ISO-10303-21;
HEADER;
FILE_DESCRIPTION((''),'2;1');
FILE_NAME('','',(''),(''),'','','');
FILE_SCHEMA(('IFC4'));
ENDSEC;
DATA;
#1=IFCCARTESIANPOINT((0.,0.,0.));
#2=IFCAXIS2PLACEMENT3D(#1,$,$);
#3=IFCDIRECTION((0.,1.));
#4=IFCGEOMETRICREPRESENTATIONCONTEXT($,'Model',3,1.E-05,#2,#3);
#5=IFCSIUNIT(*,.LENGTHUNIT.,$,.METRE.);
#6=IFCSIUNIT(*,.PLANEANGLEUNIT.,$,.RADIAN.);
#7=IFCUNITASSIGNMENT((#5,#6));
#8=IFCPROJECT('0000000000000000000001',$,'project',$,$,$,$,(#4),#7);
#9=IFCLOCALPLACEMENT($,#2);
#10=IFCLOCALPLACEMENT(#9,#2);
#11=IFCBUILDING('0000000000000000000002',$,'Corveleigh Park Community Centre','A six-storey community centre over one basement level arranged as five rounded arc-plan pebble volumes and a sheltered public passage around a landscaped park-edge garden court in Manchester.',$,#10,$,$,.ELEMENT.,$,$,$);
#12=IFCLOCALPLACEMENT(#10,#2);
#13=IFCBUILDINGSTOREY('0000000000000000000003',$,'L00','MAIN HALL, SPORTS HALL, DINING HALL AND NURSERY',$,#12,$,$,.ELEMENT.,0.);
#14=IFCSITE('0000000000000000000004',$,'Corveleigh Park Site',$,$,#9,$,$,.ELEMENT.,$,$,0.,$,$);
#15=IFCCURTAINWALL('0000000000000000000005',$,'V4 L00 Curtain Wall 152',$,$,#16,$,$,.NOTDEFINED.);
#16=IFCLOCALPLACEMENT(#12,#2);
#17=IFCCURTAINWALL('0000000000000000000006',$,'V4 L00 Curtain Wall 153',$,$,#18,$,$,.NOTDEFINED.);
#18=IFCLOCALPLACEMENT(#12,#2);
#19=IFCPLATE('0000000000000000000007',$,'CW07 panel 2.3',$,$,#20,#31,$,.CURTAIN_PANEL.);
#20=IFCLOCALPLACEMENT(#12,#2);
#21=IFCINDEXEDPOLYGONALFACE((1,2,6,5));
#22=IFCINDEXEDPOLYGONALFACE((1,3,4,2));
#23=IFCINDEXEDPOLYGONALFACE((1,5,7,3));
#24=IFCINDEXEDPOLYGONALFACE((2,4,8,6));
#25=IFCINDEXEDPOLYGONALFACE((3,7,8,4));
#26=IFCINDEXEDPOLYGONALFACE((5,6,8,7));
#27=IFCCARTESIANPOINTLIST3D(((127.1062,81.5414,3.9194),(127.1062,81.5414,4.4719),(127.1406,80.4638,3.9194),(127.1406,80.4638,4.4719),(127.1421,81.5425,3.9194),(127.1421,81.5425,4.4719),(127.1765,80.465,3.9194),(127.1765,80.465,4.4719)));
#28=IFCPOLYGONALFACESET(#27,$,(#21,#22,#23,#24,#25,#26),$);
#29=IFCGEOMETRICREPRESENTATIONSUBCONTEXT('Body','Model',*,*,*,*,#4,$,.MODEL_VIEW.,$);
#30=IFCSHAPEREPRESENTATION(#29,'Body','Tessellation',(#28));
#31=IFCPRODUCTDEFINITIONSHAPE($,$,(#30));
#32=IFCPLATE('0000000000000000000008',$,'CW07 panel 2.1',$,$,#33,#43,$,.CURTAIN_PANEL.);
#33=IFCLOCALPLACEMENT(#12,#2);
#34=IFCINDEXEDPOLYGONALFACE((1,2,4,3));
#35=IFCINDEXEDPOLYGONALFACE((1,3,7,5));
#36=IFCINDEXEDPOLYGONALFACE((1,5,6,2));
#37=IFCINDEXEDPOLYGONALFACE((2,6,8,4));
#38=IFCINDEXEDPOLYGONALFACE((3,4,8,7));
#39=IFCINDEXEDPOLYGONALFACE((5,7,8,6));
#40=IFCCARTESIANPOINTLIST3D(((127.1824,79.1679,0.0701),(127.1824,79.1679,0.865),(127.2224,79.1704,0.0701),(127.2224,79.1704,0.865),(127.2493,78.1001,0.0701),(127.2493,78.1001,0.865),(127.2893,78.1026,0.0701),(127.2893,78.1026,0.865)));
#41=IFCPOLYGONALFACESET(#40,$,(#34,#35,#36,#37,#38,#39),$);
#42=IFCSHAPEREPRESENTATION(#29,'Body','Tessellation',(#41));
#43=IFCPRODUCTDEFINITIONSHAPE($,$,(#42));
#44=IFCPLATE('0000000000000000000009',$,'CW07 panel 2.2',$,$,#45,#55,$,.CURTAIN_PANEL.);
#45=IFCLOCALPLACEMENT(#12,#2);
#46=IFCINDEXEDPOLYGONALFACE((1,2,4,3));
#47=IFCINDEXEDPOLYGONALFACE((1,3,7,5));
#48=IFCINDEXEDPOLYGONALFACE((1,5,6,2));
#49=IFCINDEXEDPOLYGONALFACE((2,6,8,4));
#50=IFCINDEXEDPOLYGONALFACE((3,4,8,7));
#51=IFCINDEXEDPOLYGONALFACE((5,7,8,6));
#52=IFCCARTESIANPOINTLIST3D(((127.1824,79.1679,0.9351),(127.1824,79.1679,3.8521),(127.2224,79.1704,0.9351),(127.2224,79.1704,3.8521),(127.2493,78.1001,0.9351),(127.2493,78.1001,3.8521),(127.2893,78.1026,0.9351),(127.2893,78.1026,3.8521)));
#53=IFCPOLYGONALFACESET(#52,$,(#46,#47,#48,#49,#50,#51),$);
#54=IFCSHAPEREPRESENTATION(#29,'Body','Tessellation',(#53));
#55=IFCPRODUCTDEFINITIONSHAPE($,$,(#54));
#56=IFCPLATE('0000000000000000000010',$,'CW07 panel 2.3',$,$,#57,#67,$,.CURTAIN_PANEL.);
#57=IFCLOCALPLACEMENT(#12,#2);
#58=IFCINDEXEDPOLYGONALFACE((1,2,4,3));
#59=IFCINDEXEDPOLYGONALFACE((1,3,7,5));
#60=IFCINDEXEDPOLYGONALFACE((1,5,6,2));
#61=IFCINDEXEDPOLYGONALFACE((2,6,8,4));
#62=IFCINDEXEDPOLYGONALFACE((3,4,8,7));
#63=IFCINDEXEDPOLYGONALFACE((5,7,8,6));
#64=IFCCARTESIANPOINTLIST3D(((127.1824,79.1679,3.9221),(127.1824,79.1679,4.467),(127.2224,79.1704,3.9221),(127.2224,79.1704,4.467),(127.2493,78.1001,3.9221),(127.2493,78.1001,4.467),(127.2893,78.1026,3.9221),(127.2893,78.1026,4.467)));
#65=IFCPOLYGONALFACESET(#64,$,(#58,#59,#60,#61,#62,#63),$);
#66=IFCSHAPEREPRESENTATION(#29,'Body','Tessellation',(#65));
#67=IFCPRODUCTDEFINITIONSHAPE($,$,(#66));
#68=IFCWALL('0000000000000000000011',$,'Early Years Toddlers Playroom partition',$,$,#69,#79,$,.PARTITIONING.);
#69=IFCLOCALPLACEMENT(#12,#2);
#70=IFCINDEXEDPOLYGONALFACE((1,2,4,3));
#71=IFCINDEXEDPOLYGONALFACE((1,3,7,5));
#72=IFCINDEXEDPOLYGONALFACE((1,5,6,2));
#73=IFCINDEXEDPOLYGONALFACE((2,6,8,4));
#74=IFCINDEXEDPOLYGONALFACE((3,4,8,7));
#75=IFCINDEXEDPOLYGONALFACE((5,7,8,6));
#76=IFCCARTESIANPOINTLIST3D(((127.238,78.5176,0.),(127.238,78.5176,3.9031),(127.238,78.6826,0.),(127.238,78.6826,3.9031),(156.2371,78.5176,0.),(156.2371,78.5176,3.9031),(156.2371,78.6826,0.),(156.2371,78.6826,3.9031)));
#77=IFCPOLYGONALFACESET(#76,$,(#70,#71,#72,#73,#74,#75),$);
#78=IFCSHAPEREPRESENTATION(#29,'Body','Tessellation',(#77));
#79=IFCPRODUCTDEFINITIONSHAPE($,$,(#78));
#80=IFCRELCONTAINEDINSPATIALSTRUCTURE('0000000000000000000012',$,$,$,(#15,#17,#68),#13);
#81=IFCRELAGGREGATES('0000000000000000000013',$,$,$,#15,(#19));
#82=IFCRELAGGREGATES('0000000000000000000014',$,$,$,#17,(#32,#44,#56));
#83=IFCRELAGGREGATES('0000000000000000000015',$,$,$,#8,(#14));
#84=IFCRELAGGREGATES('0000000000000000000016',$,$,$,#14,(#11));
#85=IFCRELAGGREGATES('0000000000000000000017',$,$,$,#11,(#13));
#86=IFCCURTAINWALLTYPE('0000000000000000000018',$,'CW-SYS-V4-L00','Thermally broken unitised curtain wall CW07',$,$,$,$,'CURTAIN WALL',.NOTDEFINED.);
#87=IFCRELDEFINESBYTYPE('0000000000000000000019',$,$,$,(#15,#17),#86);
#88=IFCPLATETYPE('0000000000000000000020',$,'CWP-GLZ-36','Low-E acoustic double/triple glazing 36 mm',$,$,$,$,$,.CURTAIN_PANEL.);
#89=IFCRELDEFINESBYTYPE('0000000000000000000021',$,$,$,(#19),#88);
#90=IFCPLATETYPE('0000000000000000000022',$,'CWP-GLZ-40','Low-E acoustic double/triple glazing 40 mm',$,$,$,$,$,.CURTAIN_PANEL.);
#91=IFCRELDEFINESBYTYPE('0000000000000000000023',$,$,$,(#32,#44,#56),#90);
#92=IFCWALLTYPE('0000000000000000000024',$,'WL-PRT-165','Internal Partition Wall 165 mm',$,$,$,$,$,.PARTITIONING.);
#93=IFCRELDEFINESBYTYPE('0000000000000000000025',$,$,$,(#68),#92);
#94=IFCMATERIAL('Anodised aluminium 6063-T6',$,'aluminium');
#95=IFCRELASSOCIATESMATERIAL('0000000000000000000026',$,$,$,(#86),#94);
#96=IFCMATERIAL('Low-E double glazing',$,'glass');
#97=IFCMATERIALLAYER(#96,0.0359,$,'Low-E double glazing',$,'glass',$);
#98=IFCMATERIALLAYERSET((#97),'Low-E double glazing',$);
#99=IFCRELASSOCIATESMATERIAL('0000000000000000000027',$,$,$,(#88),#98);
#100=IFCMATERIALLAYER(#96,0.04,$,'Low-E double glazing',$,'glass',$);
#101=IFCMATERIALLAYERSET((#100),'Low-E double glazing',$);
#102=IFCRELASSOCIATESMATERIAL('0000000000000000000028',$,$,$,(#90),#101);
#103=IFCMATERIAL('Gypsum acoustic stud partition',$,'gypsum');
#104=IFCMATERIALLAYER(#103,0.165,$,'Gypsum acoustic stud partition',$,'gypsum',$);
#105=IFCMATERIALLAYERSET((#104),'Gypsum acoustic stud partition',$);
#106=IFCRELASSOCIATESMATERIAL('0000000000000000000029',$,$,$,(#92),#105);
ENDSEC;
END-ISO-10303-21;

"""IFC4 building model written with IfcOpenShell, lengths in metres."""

from ifc_helpers import new_model, si_unit, direction, frame, frame_2d, origin, origin_2d, place, context, subcontext, project, spatial, rectangle, extrude, material, layer, layer_set, type_object, element, aggregate, save


model = new_model("IFC4")

# Units and contexts
model_context = context("Model", 3, precision=1e-05, world=origin(), true_north=direction((0.0, 1.0)))
body_context = subcontext(model_context, "Body", "Model", "MODEL_VIEW")
ifc_project = project(units=[si_unit("LENGTHUNIT", "METRE"), si_unit("PLANEANGLEUNIT", "RADIAN")], contexts=[model_context])

# Site, building, storey
site_placement = place(None, origin())
site = spatial("IfcSite", under=ifc_project, at=site_placement, Name="Corveleigh Park Site", CompositionType="ELEMENT", RefElevation=0.0)
building_placement = place(site_placement, origin())
building = spatial("IfcBuilding", under=site, at=building_placement, Name="Corveleigh Park Community Centre", Description="A six-storey community centre over one basement level arranged as five rounded arc-plan pebble volumes and a sheltered public passage around a landscaped park-edge garden court in Manchester.", CompositionType="ELEMENT")
storey_placement = place(building_placement, origin())
storey = spatial("IfcBuildingStorey", under=building, at=storey_placement, Name="L00", Description="MAIN HALL, SPORTS HALL, DINING HALL AND NURSERY", CompositionType="ELEMENT", Elevation=0.0)

# Shared definitions
ifc_material_1 = material(Name="Anodised aluminium 6063-T6", Category="aluminium")
curtain_wall_type = type_object("IfcCurtainWallType", Name="CW-SYS-V4-L00", Description="Thermally broken unitised curtain wall CW07", ElementType="CURTAIN WALL", PredefinedType="NOTDEFINED", material=ifc_material_1)

# Curtain walls
curtain_wall_1_placement = place(storey_placement, origin())
curtain_wall_1 = element("IfcCurtainWall", 1, at=curtain_wall_1_placement, inside=storey, type_object=curtain_wall_type, Name="V4 L00 Curtain Wall 152", PredefinedType="NOTDEFINED")
curtain_wall_2_placement = place(storey_placement, origin())
curtain_wall_2 = element("IfcCurtainWall", 2, at=curtain_wall_2_placement, inside=storey, type_object=curtain_wall_type, Name="V4 L00 Curtain Wall 153", PredefinedType="NOTDEFINED")

# Plates
ifc_material_2 = material(Name="Low-E double glazing", Category="glass")
ifc_layer_1 = layer(ifc_material_2, 0.0359, Name="Low-E double glazing", Category="glass")
ifc_layer_set_1 = layer_set([ifc_layer_1], Name="Low-E double glazing")
plate_type_1 = type_object("IfcPlateType", Name="CWP-GLZ-36", Description="Low-E acoustic double/triple glazing 36 mm", PredefinedType="CURTAIN_PANEL", material=ifc_layer_set_1)
plate_1_placement = place(storey_placement, frame((127.1414, 81.0032, 3.9194), z_axis=(0.0, 0.0, 1.0), x_axis=(-0.031899, 0.999491, 0.0)))
plate_1 = element("IfcPlate", 3, at=plate_1_placement, type_object=plate_type_1, Name="CW07 panel 2.3", PredefinedType="CURTAIN_PANEL", context=body_context, shape_type="SweptSolid", body=[
    extrude(rectangle(XDim=1.0781, YDim=0.0359, at=origin_2d()), origin(), (0.0, 0.0, 1.0), 0.5525),
])
aggregate(curtain_wall_1, [plate_1])
ifc_layer_2 = layer(ifc_material_2, 0.04, Name="Low-E double glazing", Category="glass")
ifc_layer_set_2 = layer_set([ifc_layer_2], Name="Low-E double glazing")
plate_type_2 = type_object("IfcPlateType", Name="CWP-GLZ-40", Description="Low-E acoustic double/triple glazing 40 mm", PredefinedType="CURTAIN_PANEL", material=ifc_layer_set_2)
plate_2_placement = place(storey_placement, frame((127.2358, 78.6353, 0.0701), z_axis=(0.0, 0.0, 1.0), x_axis=(-0.062564, 0.998041, 0.0)))
plate_2 = element("IfcPlate", 4, at=plate_2_placement, type_object=plate_type_2, Name="CW07 panel 2.1", PredefinedType="CURTAIN_PANEL", context=body_context, shape_type="SweptSolid", body=[
    extrude(rectangle(XDim=1.0698, YDim=0.04, at=origin_2d()), origin(), (0.0, 0.0, 1.0), 0.7949),
])
plate_3_placement = place(storey_placement, frame((127.2358, 78.6353, 0.9351), z_axis=(0.0, 0.0, 1.0), x_axis=(-0.062564, 0.998041, 0.0)))
plate_3 = element("IfcPlate", 5, at=plate_3_placement, type_object=plate_type_2, Name="CW07 panel 2.2", PredefinedType="CURTAIN_PANEL", context=body_context, shape_type="SweptSolid", body=[
    extrude(rectangle(XDim=1.0698, YDim=0.04, at=origin_2d()), origin(), (0.0, 0.0, 1.0), 2.917),
])
plate_4_placement = place(storey_placement, frame((127.2358, 78.6353, 3.9221), z_axis=(0.0, 0.0, 1.0), x_axis=(-0.062564, 0.998041, 0.0)))
plate_4 = element("IfcPlate", 6, at=plate_4_placement, type_object=plate_type_2, Name="CW07 panel 2.3", PredefinedType="CURTAIN_PANEL", context=body_context, shape_type="SweptSolid", body=[
    extrude(rectangle(XDim=1.0698, YDim=0.04, at=origin_2d()), origin(), (0.0, 0.0, 1.0), 0.5449),
])
aggregate(curtain_wall_2, [plate_2, plate_3, plate_4])

# Wall
ifc_material_3 = material(Name="Gypsum acoustic stud partition", Category="gypsum")
ifc_layer_3 = layer(ifc_material_3, 0.165, Name="Gypsum acoustic stud partition", Category="gypsum")
ifc_layer_set_3 = layer_set([ifc_layer_3], Name="Gypsum acoustic stud partition")
wall_type = type_object("IfcWallType", Name="WL-PRT-165", Description="Internal Partition Wall 165 mm", PredefinedType="PARTITIONING", material=ifc_layer_set_3)
wall_placement = place(storey_placement, frame((127.238, 78.6001, 0.0), z_axis=(0.0, 0.0, 1.0), x_axis=(1.0, 0.0, 0.0)))
element("IfcWall", 7, at=wall_placement, inside=storey, type_object=wall_type, Name="Early Years Toddlers Playroom partition", PredefinedType="PARTITIONING", context=body_context, shape_type="SweptSolid", body=[
    extrude(rectangle(XDim=28.999, YDim=0.165, at=frame_2d((14.4995, 0.0))), origin(), (0.0, 0.0, 1.0), 3.9031),
])

save(model, "model.ifc")
